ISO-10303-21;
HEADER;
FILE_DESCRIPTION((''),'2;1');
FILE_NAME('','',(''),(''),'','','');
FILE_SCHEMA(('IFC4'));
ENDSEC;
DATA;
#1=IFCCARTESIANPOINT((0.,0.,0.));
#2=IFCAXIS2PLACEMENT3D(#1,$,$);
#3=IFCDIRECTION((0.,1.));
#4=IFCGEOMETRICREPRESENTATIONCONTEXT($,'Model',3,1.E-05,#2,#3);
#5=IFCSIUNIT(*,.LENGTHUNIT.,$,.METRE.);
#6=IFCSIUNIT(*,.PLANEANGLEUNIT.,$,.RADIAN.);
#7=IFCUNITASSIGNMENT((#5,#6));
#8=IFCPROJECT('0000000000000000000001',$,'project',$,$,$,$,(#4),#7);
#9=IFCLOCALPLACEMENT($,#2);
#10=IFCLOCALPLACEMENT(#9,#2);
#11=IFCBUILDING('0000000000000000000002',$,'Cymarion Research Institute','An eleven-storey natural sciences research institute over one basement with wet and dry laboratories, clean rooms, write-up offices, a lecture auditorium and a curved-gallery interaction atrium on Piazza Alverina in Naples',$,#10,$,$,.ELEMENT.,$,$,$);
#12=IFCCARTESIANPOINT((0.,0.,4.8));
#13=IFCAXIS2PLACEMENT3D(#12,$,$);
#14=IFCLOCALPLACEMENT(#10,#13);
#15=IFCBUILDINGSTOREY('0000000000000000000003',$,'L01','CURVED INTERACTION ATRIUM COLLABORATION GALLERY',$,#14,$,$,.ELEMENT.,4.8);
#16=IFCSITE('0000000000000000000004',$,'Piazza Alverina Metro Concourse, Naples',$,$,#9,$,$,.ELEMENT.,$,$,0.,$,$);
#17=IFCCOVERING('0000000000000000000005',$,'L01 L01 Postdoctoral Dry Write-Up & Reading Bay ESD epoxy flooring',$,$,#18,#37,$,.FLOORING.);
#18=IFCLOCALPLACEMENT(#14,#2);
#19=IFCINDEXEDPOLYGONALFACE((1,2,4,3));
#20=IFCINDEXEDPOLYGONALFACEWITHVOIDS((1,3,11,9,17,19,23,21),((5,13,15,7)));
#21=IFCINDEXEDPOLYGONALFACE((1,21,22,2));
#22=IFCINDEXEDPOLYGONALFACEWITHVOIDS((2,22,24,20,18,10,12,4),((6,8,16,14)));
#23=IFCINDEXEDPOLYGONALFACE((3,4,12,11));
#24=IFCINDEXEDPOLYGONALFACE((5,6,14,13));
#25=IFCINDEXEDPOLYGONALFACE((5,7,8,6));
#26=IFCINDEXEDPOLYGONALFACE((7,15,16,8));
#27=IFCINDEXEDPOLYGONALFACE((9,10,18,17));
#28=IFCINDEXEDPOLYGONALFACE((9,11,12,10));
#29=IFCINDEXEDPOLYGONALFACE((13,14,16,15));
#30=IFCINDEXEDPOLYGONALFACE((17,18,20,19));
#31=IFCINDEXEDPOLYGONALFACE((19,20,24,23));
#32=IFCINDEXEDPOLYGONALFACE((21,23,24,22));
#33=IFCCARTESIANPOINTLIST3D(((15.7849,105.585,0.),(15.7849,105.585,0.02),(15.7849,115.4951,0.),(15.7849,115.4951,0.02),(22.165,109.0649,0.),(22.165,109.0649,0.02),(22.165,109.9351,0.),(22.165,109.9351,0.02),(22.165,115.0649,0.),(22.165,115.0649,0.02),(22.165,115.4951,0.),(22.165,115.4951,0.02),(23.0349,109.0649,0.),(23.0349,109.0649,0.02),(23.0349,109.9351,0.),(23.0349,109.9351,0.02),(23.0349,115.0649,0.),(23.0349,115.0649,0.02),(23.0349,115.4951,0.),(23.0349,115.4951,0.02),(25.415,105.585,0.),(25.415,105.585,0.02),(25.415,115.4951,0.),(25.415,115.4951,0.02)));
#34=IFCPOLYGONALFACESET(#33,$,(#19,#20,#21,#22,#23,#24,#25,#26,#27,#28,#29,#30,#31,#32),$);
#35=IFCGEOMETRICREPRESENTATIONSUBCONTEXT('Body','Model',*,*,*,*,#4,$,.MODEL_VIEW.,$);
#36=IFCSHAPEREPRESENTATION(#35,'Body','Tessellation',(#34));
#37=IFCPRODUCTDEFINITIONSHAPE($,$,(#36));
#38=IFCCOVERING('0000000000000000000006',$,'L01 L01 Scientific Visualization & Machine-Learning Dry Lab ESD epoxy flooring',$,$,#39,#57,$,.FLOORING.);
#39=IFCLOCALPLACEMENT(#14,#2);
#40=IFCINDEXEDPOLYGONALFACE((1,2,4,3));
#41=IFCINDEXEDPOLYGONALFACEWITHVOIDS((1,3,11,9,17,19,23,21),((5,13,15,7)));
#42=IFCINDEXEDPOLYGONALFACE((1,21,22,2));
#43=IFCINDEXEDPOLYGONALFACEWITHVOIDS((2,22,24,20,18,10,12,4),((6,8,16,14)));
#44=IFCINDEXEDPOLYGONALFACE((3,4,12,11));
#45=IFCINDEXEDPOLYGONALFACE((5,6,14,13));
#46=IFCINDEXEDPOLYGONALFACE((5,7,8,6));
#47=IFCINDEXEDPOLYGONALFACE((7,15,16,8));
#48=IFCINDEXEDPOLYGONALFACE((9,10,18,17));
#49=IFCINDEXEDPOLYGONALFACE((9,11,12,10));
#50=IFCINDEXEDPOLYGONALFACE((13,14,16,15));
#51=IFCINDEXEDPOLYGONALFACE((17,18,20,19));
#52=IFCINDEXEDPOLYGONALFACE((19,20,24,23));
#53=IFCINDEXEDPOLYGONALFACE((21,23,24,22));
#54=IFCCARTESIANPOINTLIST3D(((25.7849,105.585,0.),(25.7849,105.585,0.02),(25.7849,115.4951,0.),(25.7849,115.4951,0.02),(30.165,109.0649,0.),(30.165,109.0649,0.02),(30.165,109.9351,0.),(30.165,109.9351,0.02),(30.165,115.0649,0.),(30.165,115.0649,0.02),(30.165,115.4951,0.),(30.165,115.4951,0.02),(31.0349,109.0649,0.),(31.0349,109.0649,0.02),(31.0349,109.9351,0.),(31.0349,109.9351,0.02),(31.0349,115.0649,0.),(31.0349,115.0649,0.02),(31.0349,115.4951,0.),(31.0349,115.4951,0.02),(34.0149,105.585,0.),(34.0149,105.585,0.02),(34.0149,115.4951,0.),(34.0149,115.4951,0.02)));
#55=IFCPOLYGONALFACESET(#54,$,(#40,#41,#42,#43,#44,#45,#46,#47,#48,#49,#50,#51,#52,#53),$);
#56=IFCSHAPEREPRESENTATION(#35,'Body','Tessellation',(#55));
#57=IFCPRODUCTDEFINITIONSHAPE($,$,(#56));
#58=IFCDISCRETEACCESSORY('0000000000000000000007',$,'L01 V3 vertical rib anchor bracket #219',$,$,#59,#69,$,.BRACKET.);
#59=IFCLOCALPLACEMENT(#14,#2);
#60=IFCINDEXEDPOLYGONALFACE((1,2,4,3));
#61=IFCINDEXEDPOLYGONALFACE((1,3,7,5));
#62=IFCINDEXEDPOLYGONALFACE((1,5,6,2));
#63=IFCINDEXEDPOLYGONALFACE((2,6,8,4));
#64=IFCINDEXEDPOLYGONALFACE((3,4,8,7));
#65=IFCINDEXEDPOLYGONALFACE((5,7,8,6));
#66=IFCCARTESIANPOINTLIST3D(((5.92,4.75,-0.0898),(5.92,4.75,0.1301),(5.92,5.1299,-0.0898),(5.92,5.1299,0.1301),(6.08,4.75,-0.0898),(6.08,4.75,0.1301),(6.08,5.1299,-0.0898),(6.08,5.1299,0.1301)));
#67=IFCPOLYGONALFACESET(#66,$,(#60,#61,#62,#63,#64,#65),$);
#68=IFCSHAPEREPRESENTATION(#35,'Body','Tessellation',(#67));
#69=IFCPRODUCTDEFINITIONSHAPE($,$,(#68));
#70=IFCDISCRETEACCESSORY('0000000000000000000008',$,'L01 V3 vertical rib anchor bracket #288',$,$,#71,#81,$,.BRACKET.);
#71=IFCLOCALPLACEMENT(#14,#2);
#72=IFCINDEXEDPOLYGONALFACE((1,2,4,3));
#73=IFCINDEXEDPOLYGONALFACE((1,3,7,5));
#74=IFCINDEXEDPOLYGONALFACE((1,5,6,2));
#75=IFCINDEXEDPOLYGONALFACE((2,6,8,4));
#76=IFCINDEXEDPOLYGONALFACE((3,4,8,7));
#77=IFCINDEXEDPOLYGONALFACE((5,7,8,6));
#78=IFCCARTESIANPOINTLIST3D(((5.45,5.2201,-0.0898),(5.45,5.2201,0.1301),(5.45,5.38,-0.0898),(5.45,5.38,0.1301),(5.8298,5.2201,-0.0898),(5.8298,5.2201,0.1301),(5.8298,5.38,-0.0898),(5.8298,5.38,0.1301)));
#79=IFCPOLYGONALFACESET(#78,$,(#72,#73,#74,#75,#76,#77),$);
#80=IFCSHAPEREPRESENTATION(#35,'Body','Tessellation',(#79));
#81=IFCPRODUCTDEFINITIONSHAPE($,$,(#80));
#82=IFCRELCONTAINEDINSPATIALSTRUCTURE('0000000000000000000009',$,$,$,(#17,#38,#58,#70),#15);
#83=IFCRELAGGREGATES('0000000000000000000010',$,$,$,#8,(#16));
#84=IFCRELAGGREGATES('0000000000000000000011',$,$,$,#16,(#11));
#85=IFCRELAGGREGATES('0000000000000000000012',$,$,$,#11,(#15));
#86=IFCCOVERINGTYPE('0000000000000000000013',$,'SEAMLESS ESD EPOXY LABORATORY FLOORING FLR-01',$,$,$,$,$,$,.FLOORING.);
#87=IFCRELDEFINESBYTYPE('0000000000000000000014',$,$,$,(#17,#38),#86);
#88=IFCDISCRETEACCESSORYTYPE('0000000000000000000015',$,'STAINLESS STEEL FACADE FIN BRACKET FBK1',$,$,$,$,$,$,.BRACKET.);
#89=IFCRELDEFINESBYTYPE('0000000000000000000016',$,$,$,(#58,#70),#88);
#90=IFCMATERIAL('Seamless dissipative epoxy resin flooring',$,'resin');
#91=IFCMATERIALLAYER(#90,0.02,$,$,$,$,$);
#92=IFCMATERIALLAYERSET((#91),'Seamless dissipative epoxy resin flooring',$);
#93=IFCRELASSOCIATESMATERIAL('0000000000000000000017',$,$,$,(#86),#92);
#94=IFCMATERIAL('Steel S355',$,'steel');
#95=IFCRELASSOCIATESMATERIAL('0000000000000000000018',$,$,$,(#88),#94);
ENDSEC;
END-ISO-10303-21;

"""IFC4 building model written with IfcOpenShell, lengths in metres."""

from ifc_helpers import new_model, si_unit, direction, frame, origin, origin_2d, place, context, subcontext, project, spatial, polyline, rectangle, outline, extrude, material, layer, layer_set, type_object, element, save


model = new_model("IFC4")

# Units and contexts
model_context = context("Model", 3, precision=1e-05, world=origin(), true_north=direction((0.0, 1.0)))
body_context = subcontext(model_context, "Body", "Model", "MODEL_VIEW")
ifc_project = project(units=[si_unit("LENGTHUNIT", "METRE"), si_unit("PLANEANGLEUNIT", "RADIAN")], contexts=[model_context])

# Site, building, storey
site_placement = place(None, origin())
site = spatial("IfcSite", under=ifc_project, at=site_placement, Name="Piazza Alverina Metro Concourse, Naples", CompositionType="ELEMENT", RefElevation=0.0)
building_placement = place(site_placement, origin())
building = spatial("IfcBuilding", under=site, at=building_placement, Name="Cymarion Research Institute", Description="An eleven-storey natural sciences research institute over one basement with wet and dry laboratories, clean rooms, write-up offices, a lecture auditorium and a curved-gallery interaction atrium on Piazza Alverina in Naples", CompositionType="ELEMENT")
storey_placement = place(building_placement, frame((0.0, 0.0, 4.8)))
storey = spatial("IfcBuildingStorey", under=building, at=storey_placement, Name="L01", Description="CURVED INTERACTION ATRIUM COLLABORATION GALLERY", CompositionType="ELEMENT", Elevation=4.8)

# Coverings
ifc_material_1 = material(Name="Seamless dissipative epoxy resin flooring", Category="resin")
ifc_layer_1 = layer(ifc_material_1, 0.02)
ifc_layer_set_1 = layer_set([ifc_layer_1], Name="Seamless dissipative epoxy resin flooring")
covering_type_1 = type_object("IfcCoveringType", Name="SEAMLESS ESD EPOXY LABORATORY FLOORING FLR-01", PredefinedType="FLOORING", material=ifc_layer_set_1)
covering_1_placement = place(storey_placement, origin())
element("IfcCovering", 1, at=covering_1_placement, inside=storey, type_object=covering_type_1, Name="L01 L01 Postdoctoral Dry Write-Up & Reading Bay ESD epoxy flooring", PredefinedType="FLOORING", context=body_context, shape_type="SweptSolid", body=[
    extrude(outline(polyline([(15.7849, 105.585), (15.7849, 115.4951), (22.165, 115.4951), (22.165, 115.0649), (23.0349, 115.0649), (23.0349, 115.4951), (25.415, 115.4951), (25.415, 105.585), (15.7849, 105.585)]), holes=[polyline([(23.0349, 109.9351), (22.165, 109.9351), (22.165, 109.0649), (23.0349, 109.0649), (23.0349, 109.9351)])]), origin(), (0.0, 0.0, 1.0), 0.02),
])
covering_2_placement = place(storey_placement, origin())
element("IfcCovering", 2, at=covering_2_placement, inside=storey, type_object=covering_type_1, Name="L01 L01 Scientific Visualization & Machine-Learning Dry Lab ESD epoxy flooring", PredefinedType="FLOORING", context=body_context, shape_type="SweptSolid", body=[
    extrude(outline(polyline([(25.7849, 105.585), (25.7849, 115.4951), (30.165, 115.4951), (30.165, 115.0649), (31.0349, 115.0649), (31.0349, 115.4951), (34.0149, 115.4951), (34.0149, 105.585), (25.7849, 105.585)]), holes=[polyline([(31.0349, 109.9351), (30.165, 109.9351), (30.165, 109.0649), (31.0349, 109.0649), (31.0349, 109.9351)])]), origin(), (0.0, 0.0, 1.0), 0.02),
])

# Discrete accessories
ifc_material_2 = material(Name="Steel S355", Category="steel")
discrete_accessory_type = type_object("IfcDiscreteAccessoryType", Name="STAINLESS STEEL FACADE FIN BRACKET FBK1", PredefinedType="BRACKET", material=ifc_material_2)
for number, where, z_axis, x_axis, name in (
    (3, (6.0, 4.9399, -0.0898), (0.0, 0.0, 1.0), (0.0, -1.0, 0.0), "L01 V3 vertical rib anchor bracket #219"),
    (4, (5.6399, 5.3, -0.0898), (0.0, 0.0, 1.0), (-1.0, 0.0, 0.0), "L01 V3 vertical rib anchor bracket #288"),
):
    element("IfcDiscreteAccessory", number, at=place(storey_placement, frame(where, z_axis=z_axis, x_axis=x_axis)), inside=storey, type_object=discrete_accessory_type, Name=name, PredefinedType="BRACKET", context=body_context, shape_type="SweptSolid", body=[
        extrude(rectangle(XDim=0.3799, YDim=0.1599, at=origin_2d()), origin(), (0.0, 0.0, 1.0), 0.22),
    ])

save(model, "model.ifc")
